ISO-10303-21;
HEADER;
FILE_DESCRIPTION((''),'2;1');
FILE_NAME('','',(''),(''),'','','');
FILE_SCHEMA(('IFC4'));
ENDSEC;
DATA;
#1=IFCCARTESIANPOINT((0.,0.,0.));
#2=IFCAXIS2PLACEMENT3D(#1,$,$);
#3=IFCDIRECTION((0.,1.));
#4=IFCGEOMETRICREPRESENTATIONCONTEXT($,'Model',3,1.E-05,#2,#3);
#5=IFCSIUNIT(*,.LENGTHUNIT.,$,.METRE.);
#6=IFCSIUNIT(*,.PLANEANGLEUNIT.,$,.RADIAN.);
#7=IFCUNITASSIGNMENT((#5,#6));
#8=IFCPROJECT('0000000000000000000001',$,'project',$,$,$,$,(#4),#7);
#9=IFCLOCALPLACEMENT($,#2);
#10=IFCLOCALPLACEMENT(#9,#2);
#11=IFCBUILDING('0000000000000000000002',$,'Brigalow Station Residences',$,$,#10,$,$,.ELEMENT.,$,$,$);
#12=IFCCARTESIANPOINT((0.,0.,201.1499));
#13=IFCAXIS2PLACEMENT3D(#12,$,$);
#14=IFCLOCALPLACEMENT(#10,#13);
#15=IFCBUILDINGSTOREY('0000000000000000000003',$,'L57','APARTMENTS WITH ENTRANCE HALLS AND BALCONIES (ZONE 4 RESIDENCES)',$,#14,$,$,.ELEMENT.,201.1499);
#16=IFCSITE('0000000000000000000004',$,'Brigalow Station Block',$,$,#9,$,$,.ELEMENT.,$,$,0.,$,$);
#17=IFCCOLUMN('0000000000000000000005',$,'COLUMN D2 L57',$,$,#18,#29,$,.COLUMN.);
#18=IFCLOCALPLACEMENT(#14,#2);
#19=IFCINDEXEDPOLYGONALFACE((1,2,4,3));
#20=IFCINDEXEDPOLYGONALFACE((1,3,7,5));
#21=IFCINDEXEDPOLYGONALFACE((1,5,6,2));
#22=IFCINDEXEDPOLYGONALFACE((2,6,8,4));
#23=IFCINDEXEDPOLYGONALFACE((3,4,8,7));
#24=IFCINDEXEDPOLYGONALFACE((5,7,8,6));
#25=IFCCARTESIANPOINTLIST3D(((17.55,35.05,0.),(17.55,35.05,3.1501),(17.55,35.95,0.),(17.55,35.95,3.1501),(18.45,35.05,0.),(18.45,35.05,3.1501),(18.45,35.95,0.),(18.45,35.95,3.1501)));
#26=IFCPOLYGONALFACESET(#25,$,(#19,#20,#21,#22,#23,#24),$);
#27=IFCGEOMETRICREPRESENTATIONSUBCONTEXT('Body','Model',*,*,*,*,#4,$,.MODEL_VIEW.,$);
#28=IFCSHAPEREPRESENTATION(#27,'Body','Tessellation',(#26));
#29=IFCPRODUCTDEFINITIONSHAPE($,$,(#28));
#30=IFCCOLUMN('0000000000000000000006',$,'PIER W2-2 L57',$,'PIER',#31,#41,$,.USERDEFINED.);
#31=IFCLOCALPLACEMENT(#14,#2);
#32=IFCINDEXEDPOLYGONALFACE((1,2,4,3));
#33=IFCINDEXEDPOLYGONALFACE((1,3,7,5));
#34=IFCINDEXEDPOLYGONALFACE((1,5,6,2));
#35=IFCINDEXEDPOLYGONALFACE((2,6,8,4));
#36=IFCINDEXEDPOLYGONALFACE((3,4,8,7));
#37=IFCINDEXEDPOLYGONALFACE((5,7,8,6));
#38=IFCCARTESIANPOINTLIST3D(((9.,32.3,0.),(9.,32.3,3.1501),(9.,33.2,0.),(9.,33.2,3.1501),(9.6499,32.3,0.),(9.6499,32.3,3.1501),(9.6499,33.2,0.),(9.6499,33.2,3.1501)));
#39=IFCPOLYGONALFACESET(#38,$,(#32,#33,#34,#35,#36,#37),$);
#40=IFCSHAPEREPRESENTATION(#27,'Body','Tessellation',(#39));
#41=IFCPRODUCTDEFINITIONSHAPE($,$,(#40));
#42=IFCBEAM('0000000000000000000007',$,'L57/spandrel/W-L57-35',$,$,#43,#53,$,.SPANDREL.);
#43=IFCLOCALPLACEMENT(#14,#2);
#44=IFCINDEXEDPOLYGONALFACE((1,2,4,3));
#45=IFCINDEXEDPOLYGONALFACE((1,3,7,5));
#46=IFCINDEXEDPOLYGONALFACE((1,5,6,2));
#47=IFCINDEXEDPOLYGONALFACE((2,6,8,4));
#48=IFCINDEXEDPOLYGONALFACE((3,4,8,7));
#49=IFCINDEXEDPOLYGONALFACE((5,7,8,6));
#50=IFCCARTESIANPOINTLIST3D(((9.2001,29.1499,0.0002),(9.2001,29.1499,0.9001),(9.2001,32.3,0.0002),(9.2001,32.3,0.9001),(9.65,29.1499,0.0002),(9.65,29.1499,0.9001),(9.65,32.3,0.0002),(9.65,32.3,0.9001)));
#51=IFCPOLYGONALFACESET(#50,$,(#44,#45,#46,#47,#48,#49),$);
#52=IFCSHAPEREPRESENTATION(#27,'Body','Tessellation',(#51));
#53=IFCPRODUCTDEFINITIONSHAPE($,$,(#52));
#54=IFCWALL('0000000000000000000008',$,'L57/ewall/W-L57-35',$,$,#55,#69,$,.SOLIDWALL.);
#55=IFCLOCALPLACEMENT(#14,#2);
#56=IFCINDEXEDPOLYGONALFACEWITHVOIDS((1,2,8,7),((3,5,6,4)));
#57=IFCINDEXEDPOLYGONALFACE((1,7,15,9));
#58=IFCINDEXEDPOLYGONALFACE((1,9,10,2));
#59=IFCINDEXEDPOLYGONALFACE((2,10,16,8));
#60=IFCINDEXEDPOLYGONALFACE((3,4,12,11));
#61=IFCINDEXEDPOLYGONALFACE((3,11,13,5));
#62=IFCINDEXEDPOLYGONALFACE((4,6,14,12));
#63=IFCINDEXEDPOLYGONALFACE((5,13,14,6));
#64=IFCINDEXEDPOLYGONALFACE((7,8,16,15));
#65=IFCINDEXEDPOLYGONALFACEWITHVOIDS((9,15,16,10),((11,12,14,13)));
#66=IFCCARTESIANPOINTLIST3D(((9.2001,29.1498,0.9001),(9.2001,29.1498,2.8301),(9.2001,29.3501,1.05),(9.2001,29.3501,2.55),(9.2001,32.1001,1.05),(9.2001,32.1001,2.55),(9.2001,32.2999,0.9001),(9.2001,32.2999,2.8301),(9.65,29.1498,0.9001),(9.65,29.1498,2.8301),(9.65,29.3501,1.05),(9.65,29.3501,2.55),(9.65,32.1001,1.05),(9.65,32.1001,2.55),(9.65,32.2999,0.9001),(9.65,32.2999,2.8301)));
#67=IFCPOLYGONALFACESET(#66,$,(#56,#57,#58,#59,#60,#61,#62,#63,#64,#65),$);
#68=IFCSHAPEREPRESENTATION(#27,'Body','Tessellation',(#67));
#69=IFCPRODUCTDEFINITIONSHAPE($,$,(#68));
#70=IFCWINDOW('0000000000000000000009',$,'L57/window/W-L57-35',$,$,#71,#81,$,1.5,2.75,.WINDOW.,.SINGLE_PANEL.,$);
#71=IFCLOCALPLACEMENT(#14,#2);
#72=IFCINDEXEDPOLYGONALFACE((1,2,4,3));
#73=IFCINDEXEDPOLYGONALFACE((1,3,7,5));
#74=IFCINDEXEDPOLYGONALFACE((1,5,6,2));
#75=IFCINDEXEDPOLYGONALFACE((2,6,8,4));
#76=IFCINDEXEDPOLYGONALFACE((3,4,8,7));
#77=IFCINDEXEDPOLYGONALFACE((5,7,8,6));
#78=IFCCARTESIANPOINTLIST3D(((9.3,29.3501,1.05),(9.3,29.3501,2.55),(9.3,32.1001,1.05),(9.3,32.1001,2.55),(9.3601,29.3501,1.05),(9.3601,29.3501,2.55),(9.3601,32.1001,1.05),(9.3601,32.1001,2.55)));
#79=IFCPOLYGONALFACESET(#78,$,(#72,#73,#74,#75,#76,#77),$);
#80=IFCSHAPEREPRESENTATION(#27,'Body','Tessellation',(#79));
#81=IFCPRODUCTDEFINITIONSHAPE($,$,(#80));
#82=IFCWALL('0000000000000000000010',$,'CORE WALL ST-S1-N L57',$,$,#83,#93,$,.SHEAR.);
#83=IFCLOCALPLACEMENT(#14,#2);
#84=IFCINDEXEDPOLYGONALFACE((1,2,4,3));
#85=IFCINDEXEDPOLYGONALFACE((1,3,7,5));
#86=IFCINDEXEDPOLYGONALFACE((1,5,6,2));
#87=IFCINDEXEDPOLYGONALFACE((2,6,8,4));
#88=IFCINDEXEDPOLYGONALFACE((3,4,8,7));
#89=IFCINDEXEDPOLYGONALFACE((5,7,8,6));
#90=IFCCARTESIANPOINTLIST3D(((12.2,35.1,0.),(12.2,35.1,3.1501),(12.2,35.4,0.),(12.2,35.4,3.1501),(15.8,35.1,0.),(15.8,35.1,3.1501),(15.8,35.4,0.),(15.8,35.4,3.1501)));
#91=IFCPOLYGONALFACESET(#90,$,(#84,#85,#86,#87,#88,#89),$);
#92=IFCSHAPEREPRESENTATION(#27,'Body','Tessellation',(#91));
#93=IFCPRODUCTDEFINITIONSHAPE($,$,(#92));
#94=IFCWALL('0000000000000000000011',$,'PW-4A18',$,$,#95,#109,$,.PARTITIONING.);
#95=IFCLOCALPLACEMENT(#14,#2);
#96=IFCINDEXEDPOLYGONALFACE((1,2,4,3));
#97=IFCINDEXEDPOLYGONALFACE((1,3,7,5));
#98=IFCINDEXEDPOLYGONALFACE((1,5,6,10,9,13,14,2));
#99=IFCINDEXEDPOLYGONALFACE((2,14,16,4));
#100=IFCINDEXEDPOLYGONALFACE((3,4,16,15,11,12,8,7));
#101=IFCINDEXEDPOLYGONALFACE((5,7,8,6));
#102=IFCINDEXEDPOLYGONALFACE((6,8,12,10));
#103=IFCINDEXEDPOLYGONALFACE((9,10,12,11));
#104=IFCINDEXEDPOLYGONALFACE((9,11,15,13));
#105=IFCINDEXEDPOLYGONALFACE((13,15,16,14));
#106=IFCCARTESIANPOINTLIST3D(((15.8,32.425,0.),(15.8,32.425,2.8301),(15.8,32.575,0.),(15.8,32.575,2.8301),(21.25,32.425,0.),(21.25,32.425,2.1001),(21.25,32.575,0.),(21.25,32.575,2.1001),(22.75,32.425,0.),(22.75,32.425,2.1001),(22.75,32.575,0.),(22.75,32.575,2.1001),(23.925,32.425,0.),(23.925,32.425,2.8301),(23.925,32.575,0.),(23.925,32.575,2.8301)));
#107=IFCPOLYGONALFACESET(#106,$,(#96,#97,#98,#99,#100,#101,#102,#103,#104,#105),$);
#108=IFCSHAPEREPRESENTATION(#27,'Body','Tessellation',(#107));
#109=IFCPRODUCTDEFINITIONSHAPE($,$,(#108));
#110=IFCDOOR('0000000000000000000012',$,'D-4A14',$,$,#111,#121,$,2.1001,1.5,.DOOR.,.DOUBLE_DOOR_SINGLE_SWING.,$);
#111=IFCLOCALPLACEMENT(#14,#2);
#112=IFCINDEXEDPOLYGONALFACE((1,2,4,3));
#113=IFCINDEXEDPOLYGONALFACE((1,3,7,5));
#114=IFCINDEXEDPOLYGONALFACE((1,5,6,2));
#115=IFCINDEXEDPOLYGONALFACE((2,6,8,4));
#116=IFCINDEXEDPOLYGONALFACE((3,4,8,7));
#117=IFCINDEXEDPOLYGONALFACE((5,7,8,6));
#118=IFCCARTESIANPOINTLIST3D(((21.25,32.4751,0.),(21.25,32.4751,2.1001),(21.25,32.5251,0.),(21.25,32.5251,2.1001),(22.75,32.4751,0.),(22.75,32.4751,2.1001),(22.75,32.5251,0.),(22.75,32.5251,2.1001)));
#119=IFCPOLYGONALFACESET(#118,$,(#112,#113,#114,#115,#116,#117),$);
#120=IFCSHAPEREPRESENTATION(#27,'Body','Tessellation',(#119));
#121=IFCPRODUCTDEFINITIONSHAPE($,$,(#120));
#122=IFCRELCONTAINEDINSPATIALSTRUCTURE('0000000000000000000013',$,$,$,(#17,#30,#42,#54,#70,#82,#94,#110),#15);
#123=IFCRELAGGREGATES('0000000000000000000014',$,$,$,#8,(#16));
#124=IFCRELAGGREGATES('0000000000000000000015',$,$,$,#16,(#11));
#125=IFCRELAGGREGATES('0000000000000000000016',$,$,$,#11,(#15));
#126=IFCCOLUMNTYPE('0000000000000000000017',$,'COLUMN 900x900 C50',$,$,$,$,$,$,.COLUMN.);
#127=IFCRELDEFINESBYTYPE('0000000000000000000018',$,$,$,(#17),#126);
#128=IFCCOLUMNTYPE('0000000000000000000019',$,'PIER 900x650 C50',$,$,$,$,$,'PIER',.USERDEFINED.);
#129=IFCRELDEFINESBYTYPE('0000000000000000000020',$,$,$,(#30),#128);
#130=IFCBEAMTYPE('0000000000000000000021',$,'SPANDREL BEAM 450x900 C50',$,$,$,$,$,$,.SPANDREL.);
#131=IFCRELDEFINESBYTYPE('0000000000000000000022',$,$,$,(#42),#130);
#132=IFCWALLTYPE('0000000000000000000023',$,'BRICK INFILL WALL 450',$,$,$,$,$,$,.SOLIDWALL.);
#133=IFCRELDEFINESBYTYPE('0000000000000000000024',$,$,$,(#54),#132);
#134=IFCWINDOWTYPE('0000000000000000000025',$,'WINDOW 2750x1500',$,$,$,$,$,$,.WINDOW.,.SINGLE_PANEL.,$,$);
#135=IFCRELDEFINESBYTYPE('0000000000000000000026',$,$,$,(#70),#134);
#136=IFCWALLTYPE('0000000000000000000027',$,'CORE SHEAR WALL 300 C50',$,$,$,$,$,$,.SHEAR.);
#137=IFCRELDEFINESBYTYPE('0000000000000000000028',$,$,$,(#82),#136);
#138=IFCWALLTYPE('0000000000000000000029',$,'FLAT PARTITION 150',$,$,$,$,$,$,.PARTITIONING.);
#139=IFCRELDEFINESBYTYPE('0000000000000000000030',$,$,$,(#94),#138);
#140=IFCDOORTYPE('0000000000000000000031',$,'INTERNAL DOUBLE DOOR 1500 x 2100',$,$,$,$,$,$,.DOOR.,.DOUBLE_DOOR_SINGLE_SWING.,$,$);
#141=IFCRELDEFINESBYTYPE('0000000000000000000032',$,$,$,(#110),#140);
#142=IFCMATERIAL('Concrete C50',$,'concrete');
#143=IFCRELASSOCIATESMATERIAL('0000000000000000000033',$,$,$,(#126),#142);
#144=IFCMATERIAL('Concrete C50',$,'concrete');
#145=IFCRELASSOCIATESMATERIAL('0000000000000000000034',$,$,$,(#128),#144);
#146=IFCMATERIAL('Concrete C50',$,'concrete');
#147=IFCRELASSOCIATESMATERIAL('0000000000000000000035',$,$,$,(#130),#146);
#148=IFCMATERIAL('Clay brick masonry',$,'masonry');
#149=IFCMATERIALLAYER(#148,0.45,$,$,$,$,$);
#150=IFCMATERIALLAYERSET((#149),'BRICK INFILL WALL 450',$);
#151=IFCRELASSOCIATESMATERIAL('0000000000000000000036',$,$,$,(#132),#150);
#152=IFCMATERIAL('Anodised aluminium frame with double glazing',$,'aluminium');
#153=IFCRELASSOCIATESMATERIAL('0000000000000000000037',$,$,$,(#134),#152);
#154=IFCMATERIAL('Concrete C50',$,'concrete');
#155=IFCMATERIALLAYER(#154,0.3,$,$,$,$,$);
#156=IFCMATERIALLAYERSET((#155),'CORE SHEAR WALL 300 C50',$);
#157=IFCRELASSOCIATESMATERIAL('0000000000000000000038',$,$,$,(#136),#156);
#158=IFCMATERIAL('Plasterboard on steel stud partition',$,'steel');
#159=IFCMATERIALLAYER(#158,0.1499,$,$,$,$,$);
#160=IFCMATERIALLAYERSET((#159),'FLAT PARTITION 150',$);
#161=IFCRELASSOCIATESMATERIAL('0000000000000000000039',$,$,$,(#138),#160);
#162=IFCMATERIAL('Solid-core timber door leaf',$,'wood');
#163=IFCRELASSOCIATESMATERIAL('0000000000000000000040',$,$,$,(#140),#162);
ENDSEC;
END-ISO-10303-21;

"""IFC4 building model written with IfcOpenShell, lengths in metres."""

from ifc_helpers import new_model, si_unit, direction, frame, frame_2d, origin, origin_2d, place, context, subcontext, project, spatial, rectangle, extrude, material, layer, layer_set, material_profile, profile_set, type_object, element, fill, save


model = new_model("IFC4")

# Units and contexts
model_context = context("Model", 3, precision=1e-05, world=origin(), true_north=direction((0.0, 1.0)))
body_context = subcontext(model_context, "Body", "Model", "MODEL_VIEW")
ifc_project = project(units=[si_unit("LENGTHUNIT", "METRE"), si_unit("PLANEANGLEUNIT", "RADIAN")], contexts=[model_context])

# Site, building, storey
site_placement = place(None, origin())
site = spatial("IfcSite", under=ifc_project, at=site_placement, Name="Brigalow Station Block", CompositionType="ELEMENT", RefElevation=0.0)
building_placement = place(site_placement, origin())
building = spatial("IfcBuilding", under=site, at=building_placement, Name="Brigalow Station Residences", CompositionType="ELEMENT")
storey_placement = place(building_placement, frame((0.0, 0.0, 201.1499)))
storey = spatial("IfcBuildingStorey", under=building, at=storey_placement, Name="L57", Description="APARTMENTS WITH ENTRANCE HALLS AND BALCONIES (ZONE 4 RESIDENCES)", CompositionType="ELEMENT", Elevation=201.1499)

# Columns
ifc_material_1 = material(Name="Concrete C50", Category="concrete")
ifc_material_profile_1 = material_profile(ifc_material_1, rectangle(XDim=0.8999, YDim=0.8999, at=origin_2d()), Name="RC900x900")
ifc_profile_set_1 = profile_set([ifc_material_profile_1], Name="Concrete C50")
column_type_1 = type_object("IfcColumnType", Name="COLUMN 900x900 C50", PredefinedType="COLUMN", material=ifc_profile_set_1)
column_1_placement = place(storey_placement, frame((18.0, 35.5, 0.0), z_axis=(0.0, 0.0, 1.0), x_axis=(1.0, 0.0, 0.0)))
element("IfcColumn", 1, at=column_1_placement, inside=storey, type_object=column_type_1, Name="COLUMN D2 L57", PredefinedType="COLUMN", context=body_context, shape_type="SweptSolid", body=[
    extrude(rectangle(XDim=0.8999, YDim=0.8999, at=origin_2d()), origin(), (0.0, 0.0, 1.0), 3.1501),
])
ifc_material_2 = material(Name="Concrete C50", Category="concrete")
ifc_material_profile_2 = material_profile(ifc_material_2, rectangle(XDim=0.8999, YDim=0.6499, at=origin_2d()), Name="RC900x650")
ifc_profile_set_2 = profile_set([ifc_material_profile_2], Name="Concrete C50")
column_type_2 = type_object("IfcColumnType", Name="PIER 900x650 C50", ElementType="PIER", PredefinedType="USERDEFINED", material=ifc_profile_set_2)
column_2_placement = place(storey_placement, frame((9.325, 32.75, 0.0), z_axis=(0.0, 0.0, 1.0), x_axis=(0.0, -1.0, 0.0)))
element("IfcColumn", 2, at=column_2_placement, inside=storey, type_object=column_type_2, Name="PIER W2-2 L57", ObjectType="PIER", PredefinedType="USERDEFINED", context=body_context, shape_type="SweptSolid", body=[
    extrude(rectangle(XDim=0.8999, YDim=0.6499, at=origin_2d()), origin(), (0.0, 0.0, 1.0), 3.1501),
])

# Beam
ifc_material_3 = material(Name="Concrete C50", Category="concrete")
ifc_material_profile_3 = material_profile(ifc_material_3, rectangle(XDim=0.45, YDim=0.8999, at=origin_2d()), Name="RC450x900")
ifc_profile_set_3 = profile_set([ifc_material_profile_3], Name="Concrete C50")
beam_type = type_object("IfcBeamType", Name="SPANDREL BEAM 450x900 C50", PredefinedType="SPANDREL", material=ifc_profile_set_3)
beam_placement = place(storey_placement, frame((9.425, 32.3, 0.4502), z_axis=(0.0, -1.0, 0.0), x_axis=(1.0, 0.0, 0.0)))
element("IfcBeam", 3, at=beam_placement, inside=storey, type_object=beam_type, Name="L57/spandrel/W-L57-35", PredefinedType="SPANDREL", context=body_context, shape_type="SweptSolid", body=[
    extrude(rectangle(XDim=0.45, YDim=0.8999, at=origin_2d()), origin(), (0.0, 0.0, 1.0), 3.1501),
])

# Wall, opening, window
ifc_material_4 = material(Name="Clay brick masonry", Category="masonry")
ifc_layer_1 = layer(ifc_material_4, 0.45)
ifc_layer_set_1 = layer_set([ifc_layer_1], Name="BRICK INFILL WALL 450")
wall_type_1 = type_object("IfcWallType", Name="BRICK INFILL WALL 450", PredefinedType="SOLIDWALL", material=ifc_layer_set_1)
wall_1_placement = place(storey_placement, frame((9.425, 32.3, 0.9001), z_axis=(0.0, 0.0, 1.0), x_axis=(0.0, -1.0, 0.0)))
wall_1 = element("IfcWall", 4, at=wall_1_placement, inside=storey, type_object=wall_type_1, Name="L57/ewall/W-L57-35", PredefinedType="SOLIDWALL", context=body_context, shape_type="SweptSolid", body=[
    extrude(rectangle(XDim=3.1501, YDim=0.45, at=frame_2d((1.5752, 0.0))), origin(), (0.0, 0.0, 1.0), 1.9299),
])
opening_1_placement = place(wall_1_placement, frame((0.2, 0.0, 0.1499)))
opening_1 = element("IfcOpeningElement", 5, at=opening_1_placement, cuts=wall_1, PredefinedType="OPENING", context=body_context, shape_type="SweptSolid", body=[
    extrude(rectangle(XDim=2.75, YDim=1.5, at=frame_2d((1.375, 0.75))), frame((0.0, 0.2349, 0.0), z_axis=(0.0, -1.0, 0.0), x_axis=(1.0, 0.0, 0.0)), (0.0, 0.0, 1.0), 0.47),
])
ifc_material_5 = material(Name="Anodised aluminium frame with double glazing", Category="aluminium")
window_type = type_object("IfcWindowType", Name="WINDOW 2750x1500", PartitioningType="SINGLE_PANEL", PredefinedType="WINDOW", material=ifc_material_5)
window_placement = place(opening_1_placement, origin())
window = element("IfcWindow", 6, at=window_placement, inside=storey, type_object=window_type, Name="L57/window/W-L57-35", OverallHeight=1.5, OverallWidth=2.75, PartitioningType="SINGLE_PANEL", PredefinedType="WINDOW", context=body_context, shape_type="SweptSolid", body=[
    extrude(rectangle(XDim=2.75, YDim=1.5, at=frame_2d((1.375, 0.75))), frame((0.0, -0.0649, 0.0), z_axis=(0.0, -1.0, 0.0), x_axis=(1.0, 0.0, 0.0)), (0.0, 0.0, 1.0), 0.0601),
])
fill(opening_1, window)

# Wall
ifc_material_6 = material(Name="Concrete C50", Category="concrete")
ifc_layer_2 = layer(ifc_material_6, 0.3)
ifc_layer_set_2 = layer_set([ifc_layer_2], Name="CORE SHEAR WALL 300 C50")
wall_type_2 = type_object("IfcWallType", Name="CORE SHEAR WALL 300 C50", PredefinedType="SHEAR", material=ifc_layer_set_2)
wall_2_placement = place(storey_placement, frame((12.2, 35.25, 0.0), z_axis=(0.0, 0.0, 1.0), x_axis=(1.0, 0.0, 0.0)))
element("IfcWall", 7, at=wall_2_placement, inside=storey, type_object=wall_type_2, Name="CORE WALL ST-S1-N L57", PredefinedType="SHEAR", context=body_context, shape_type="SweptSolid", body=[
    extrude(rectangle(XDim=3.6001, YDim=0.3, at=frame_2d((1.8, 0.0))), origin(), (0.0, 0.0, 1.0), 3.1501),
])

# Wall, opening, door
ifc_material_7 = material(Name="Plasterboard on steel stud partition", Category="steel")
ifc_layer_3 = layer(ifc_material_7, 0.1499)
ifc_layer_set_3 = layer_set([ifc_layer_3], Name="FLAT PARTITION 150")
wall_type_3 = type_object("IfcWallType", Name="FLAT PARTITION 150", PredefinedType="PARTITIONING", material=ifc_layer_set_3)
wall_3_placement = place(storey_placement, frame((15.8, 32.5, 0.0), z_axis=(0.0, 0.0, 1.0), x_axis=(1.0, 0.0, 0.0)))
wall_3 = element("IfcWall", 8, at=wall_3_placement, inside=storey, type_object=wall_type_3, Name="PW-4A18", PredefinedType="PARTITIONING", context=body_context, shape_type="SweptSolid", body=[
    extrude(rectangle(XDim=8.125, YDim=0.1499, at=frame_2d((4.0625, 0.0))), origin(), (0.0, 0.0, 1.0), 2.8301),
])
opening_2_placement = place(wall_3_placement, frame((5.45, 0.0, 0.0)))
opening_2 = element("IfcOpeningElement", 9, at=opening_2_placement, cuts=wall_3, PredefinedType="OPENING", context=body_context, shape_type="SweptSolid", body=[
    extrude(rectangle(XDim=1.5, YDim=2.1001, at=frame_2d((0.75, 1.05))), frame((0.0, 0.085, 0.0), z_axis=(0.0, -1.0, 0.0), x_axis=(1.0, 0.0, 0.0)), (0.0, 0.0, 1.0), 0.1699),
])
ifc_material_8 = material(Name="Solid-core timber door leaf", Category="wood")
door_type_1 = type_object("IfcDoorType", Name="INTERNAL DOUBLE DOOR 1500 x 2100", OperationType="DOUBLE_DOOR_SINGLE_SWING", PredefinedType="DOOR", material=ifc_material_8)
door_1_placement = place(opening_2_placement, frame((1.5, 0.0, 0.0), z_axis=(0.0, 0.0, 1.0), x_axis=(-1.0, 0.0, 0.0)))
door_1 = element("IfcDoor", 10, at=door_1_placement, inside=storey, type_object=door_type_1, Name="D-4A14", OperationType="DOUBLE_DOOR_SINGLE_SWING", OverallHeight=2.1001, OverallWidth=1.5, PredefinedType="DOOR", context=body_context, shape_type="SweptSolid", body=[
    extrude(rectangle(XDim=1.5, YDim=2.1001, at=frame_2d((0.75, 1.05))), frame((0.0, 0.0249, 0.0), z_axis=(0.0, -1.0, 0.0), x_axis=(1.0, 0.0, 0.0)), (0.0, 0.0, 1.0), 0.05),
])
fill(opening_2, door_1)

save(model, "model.ifc")
